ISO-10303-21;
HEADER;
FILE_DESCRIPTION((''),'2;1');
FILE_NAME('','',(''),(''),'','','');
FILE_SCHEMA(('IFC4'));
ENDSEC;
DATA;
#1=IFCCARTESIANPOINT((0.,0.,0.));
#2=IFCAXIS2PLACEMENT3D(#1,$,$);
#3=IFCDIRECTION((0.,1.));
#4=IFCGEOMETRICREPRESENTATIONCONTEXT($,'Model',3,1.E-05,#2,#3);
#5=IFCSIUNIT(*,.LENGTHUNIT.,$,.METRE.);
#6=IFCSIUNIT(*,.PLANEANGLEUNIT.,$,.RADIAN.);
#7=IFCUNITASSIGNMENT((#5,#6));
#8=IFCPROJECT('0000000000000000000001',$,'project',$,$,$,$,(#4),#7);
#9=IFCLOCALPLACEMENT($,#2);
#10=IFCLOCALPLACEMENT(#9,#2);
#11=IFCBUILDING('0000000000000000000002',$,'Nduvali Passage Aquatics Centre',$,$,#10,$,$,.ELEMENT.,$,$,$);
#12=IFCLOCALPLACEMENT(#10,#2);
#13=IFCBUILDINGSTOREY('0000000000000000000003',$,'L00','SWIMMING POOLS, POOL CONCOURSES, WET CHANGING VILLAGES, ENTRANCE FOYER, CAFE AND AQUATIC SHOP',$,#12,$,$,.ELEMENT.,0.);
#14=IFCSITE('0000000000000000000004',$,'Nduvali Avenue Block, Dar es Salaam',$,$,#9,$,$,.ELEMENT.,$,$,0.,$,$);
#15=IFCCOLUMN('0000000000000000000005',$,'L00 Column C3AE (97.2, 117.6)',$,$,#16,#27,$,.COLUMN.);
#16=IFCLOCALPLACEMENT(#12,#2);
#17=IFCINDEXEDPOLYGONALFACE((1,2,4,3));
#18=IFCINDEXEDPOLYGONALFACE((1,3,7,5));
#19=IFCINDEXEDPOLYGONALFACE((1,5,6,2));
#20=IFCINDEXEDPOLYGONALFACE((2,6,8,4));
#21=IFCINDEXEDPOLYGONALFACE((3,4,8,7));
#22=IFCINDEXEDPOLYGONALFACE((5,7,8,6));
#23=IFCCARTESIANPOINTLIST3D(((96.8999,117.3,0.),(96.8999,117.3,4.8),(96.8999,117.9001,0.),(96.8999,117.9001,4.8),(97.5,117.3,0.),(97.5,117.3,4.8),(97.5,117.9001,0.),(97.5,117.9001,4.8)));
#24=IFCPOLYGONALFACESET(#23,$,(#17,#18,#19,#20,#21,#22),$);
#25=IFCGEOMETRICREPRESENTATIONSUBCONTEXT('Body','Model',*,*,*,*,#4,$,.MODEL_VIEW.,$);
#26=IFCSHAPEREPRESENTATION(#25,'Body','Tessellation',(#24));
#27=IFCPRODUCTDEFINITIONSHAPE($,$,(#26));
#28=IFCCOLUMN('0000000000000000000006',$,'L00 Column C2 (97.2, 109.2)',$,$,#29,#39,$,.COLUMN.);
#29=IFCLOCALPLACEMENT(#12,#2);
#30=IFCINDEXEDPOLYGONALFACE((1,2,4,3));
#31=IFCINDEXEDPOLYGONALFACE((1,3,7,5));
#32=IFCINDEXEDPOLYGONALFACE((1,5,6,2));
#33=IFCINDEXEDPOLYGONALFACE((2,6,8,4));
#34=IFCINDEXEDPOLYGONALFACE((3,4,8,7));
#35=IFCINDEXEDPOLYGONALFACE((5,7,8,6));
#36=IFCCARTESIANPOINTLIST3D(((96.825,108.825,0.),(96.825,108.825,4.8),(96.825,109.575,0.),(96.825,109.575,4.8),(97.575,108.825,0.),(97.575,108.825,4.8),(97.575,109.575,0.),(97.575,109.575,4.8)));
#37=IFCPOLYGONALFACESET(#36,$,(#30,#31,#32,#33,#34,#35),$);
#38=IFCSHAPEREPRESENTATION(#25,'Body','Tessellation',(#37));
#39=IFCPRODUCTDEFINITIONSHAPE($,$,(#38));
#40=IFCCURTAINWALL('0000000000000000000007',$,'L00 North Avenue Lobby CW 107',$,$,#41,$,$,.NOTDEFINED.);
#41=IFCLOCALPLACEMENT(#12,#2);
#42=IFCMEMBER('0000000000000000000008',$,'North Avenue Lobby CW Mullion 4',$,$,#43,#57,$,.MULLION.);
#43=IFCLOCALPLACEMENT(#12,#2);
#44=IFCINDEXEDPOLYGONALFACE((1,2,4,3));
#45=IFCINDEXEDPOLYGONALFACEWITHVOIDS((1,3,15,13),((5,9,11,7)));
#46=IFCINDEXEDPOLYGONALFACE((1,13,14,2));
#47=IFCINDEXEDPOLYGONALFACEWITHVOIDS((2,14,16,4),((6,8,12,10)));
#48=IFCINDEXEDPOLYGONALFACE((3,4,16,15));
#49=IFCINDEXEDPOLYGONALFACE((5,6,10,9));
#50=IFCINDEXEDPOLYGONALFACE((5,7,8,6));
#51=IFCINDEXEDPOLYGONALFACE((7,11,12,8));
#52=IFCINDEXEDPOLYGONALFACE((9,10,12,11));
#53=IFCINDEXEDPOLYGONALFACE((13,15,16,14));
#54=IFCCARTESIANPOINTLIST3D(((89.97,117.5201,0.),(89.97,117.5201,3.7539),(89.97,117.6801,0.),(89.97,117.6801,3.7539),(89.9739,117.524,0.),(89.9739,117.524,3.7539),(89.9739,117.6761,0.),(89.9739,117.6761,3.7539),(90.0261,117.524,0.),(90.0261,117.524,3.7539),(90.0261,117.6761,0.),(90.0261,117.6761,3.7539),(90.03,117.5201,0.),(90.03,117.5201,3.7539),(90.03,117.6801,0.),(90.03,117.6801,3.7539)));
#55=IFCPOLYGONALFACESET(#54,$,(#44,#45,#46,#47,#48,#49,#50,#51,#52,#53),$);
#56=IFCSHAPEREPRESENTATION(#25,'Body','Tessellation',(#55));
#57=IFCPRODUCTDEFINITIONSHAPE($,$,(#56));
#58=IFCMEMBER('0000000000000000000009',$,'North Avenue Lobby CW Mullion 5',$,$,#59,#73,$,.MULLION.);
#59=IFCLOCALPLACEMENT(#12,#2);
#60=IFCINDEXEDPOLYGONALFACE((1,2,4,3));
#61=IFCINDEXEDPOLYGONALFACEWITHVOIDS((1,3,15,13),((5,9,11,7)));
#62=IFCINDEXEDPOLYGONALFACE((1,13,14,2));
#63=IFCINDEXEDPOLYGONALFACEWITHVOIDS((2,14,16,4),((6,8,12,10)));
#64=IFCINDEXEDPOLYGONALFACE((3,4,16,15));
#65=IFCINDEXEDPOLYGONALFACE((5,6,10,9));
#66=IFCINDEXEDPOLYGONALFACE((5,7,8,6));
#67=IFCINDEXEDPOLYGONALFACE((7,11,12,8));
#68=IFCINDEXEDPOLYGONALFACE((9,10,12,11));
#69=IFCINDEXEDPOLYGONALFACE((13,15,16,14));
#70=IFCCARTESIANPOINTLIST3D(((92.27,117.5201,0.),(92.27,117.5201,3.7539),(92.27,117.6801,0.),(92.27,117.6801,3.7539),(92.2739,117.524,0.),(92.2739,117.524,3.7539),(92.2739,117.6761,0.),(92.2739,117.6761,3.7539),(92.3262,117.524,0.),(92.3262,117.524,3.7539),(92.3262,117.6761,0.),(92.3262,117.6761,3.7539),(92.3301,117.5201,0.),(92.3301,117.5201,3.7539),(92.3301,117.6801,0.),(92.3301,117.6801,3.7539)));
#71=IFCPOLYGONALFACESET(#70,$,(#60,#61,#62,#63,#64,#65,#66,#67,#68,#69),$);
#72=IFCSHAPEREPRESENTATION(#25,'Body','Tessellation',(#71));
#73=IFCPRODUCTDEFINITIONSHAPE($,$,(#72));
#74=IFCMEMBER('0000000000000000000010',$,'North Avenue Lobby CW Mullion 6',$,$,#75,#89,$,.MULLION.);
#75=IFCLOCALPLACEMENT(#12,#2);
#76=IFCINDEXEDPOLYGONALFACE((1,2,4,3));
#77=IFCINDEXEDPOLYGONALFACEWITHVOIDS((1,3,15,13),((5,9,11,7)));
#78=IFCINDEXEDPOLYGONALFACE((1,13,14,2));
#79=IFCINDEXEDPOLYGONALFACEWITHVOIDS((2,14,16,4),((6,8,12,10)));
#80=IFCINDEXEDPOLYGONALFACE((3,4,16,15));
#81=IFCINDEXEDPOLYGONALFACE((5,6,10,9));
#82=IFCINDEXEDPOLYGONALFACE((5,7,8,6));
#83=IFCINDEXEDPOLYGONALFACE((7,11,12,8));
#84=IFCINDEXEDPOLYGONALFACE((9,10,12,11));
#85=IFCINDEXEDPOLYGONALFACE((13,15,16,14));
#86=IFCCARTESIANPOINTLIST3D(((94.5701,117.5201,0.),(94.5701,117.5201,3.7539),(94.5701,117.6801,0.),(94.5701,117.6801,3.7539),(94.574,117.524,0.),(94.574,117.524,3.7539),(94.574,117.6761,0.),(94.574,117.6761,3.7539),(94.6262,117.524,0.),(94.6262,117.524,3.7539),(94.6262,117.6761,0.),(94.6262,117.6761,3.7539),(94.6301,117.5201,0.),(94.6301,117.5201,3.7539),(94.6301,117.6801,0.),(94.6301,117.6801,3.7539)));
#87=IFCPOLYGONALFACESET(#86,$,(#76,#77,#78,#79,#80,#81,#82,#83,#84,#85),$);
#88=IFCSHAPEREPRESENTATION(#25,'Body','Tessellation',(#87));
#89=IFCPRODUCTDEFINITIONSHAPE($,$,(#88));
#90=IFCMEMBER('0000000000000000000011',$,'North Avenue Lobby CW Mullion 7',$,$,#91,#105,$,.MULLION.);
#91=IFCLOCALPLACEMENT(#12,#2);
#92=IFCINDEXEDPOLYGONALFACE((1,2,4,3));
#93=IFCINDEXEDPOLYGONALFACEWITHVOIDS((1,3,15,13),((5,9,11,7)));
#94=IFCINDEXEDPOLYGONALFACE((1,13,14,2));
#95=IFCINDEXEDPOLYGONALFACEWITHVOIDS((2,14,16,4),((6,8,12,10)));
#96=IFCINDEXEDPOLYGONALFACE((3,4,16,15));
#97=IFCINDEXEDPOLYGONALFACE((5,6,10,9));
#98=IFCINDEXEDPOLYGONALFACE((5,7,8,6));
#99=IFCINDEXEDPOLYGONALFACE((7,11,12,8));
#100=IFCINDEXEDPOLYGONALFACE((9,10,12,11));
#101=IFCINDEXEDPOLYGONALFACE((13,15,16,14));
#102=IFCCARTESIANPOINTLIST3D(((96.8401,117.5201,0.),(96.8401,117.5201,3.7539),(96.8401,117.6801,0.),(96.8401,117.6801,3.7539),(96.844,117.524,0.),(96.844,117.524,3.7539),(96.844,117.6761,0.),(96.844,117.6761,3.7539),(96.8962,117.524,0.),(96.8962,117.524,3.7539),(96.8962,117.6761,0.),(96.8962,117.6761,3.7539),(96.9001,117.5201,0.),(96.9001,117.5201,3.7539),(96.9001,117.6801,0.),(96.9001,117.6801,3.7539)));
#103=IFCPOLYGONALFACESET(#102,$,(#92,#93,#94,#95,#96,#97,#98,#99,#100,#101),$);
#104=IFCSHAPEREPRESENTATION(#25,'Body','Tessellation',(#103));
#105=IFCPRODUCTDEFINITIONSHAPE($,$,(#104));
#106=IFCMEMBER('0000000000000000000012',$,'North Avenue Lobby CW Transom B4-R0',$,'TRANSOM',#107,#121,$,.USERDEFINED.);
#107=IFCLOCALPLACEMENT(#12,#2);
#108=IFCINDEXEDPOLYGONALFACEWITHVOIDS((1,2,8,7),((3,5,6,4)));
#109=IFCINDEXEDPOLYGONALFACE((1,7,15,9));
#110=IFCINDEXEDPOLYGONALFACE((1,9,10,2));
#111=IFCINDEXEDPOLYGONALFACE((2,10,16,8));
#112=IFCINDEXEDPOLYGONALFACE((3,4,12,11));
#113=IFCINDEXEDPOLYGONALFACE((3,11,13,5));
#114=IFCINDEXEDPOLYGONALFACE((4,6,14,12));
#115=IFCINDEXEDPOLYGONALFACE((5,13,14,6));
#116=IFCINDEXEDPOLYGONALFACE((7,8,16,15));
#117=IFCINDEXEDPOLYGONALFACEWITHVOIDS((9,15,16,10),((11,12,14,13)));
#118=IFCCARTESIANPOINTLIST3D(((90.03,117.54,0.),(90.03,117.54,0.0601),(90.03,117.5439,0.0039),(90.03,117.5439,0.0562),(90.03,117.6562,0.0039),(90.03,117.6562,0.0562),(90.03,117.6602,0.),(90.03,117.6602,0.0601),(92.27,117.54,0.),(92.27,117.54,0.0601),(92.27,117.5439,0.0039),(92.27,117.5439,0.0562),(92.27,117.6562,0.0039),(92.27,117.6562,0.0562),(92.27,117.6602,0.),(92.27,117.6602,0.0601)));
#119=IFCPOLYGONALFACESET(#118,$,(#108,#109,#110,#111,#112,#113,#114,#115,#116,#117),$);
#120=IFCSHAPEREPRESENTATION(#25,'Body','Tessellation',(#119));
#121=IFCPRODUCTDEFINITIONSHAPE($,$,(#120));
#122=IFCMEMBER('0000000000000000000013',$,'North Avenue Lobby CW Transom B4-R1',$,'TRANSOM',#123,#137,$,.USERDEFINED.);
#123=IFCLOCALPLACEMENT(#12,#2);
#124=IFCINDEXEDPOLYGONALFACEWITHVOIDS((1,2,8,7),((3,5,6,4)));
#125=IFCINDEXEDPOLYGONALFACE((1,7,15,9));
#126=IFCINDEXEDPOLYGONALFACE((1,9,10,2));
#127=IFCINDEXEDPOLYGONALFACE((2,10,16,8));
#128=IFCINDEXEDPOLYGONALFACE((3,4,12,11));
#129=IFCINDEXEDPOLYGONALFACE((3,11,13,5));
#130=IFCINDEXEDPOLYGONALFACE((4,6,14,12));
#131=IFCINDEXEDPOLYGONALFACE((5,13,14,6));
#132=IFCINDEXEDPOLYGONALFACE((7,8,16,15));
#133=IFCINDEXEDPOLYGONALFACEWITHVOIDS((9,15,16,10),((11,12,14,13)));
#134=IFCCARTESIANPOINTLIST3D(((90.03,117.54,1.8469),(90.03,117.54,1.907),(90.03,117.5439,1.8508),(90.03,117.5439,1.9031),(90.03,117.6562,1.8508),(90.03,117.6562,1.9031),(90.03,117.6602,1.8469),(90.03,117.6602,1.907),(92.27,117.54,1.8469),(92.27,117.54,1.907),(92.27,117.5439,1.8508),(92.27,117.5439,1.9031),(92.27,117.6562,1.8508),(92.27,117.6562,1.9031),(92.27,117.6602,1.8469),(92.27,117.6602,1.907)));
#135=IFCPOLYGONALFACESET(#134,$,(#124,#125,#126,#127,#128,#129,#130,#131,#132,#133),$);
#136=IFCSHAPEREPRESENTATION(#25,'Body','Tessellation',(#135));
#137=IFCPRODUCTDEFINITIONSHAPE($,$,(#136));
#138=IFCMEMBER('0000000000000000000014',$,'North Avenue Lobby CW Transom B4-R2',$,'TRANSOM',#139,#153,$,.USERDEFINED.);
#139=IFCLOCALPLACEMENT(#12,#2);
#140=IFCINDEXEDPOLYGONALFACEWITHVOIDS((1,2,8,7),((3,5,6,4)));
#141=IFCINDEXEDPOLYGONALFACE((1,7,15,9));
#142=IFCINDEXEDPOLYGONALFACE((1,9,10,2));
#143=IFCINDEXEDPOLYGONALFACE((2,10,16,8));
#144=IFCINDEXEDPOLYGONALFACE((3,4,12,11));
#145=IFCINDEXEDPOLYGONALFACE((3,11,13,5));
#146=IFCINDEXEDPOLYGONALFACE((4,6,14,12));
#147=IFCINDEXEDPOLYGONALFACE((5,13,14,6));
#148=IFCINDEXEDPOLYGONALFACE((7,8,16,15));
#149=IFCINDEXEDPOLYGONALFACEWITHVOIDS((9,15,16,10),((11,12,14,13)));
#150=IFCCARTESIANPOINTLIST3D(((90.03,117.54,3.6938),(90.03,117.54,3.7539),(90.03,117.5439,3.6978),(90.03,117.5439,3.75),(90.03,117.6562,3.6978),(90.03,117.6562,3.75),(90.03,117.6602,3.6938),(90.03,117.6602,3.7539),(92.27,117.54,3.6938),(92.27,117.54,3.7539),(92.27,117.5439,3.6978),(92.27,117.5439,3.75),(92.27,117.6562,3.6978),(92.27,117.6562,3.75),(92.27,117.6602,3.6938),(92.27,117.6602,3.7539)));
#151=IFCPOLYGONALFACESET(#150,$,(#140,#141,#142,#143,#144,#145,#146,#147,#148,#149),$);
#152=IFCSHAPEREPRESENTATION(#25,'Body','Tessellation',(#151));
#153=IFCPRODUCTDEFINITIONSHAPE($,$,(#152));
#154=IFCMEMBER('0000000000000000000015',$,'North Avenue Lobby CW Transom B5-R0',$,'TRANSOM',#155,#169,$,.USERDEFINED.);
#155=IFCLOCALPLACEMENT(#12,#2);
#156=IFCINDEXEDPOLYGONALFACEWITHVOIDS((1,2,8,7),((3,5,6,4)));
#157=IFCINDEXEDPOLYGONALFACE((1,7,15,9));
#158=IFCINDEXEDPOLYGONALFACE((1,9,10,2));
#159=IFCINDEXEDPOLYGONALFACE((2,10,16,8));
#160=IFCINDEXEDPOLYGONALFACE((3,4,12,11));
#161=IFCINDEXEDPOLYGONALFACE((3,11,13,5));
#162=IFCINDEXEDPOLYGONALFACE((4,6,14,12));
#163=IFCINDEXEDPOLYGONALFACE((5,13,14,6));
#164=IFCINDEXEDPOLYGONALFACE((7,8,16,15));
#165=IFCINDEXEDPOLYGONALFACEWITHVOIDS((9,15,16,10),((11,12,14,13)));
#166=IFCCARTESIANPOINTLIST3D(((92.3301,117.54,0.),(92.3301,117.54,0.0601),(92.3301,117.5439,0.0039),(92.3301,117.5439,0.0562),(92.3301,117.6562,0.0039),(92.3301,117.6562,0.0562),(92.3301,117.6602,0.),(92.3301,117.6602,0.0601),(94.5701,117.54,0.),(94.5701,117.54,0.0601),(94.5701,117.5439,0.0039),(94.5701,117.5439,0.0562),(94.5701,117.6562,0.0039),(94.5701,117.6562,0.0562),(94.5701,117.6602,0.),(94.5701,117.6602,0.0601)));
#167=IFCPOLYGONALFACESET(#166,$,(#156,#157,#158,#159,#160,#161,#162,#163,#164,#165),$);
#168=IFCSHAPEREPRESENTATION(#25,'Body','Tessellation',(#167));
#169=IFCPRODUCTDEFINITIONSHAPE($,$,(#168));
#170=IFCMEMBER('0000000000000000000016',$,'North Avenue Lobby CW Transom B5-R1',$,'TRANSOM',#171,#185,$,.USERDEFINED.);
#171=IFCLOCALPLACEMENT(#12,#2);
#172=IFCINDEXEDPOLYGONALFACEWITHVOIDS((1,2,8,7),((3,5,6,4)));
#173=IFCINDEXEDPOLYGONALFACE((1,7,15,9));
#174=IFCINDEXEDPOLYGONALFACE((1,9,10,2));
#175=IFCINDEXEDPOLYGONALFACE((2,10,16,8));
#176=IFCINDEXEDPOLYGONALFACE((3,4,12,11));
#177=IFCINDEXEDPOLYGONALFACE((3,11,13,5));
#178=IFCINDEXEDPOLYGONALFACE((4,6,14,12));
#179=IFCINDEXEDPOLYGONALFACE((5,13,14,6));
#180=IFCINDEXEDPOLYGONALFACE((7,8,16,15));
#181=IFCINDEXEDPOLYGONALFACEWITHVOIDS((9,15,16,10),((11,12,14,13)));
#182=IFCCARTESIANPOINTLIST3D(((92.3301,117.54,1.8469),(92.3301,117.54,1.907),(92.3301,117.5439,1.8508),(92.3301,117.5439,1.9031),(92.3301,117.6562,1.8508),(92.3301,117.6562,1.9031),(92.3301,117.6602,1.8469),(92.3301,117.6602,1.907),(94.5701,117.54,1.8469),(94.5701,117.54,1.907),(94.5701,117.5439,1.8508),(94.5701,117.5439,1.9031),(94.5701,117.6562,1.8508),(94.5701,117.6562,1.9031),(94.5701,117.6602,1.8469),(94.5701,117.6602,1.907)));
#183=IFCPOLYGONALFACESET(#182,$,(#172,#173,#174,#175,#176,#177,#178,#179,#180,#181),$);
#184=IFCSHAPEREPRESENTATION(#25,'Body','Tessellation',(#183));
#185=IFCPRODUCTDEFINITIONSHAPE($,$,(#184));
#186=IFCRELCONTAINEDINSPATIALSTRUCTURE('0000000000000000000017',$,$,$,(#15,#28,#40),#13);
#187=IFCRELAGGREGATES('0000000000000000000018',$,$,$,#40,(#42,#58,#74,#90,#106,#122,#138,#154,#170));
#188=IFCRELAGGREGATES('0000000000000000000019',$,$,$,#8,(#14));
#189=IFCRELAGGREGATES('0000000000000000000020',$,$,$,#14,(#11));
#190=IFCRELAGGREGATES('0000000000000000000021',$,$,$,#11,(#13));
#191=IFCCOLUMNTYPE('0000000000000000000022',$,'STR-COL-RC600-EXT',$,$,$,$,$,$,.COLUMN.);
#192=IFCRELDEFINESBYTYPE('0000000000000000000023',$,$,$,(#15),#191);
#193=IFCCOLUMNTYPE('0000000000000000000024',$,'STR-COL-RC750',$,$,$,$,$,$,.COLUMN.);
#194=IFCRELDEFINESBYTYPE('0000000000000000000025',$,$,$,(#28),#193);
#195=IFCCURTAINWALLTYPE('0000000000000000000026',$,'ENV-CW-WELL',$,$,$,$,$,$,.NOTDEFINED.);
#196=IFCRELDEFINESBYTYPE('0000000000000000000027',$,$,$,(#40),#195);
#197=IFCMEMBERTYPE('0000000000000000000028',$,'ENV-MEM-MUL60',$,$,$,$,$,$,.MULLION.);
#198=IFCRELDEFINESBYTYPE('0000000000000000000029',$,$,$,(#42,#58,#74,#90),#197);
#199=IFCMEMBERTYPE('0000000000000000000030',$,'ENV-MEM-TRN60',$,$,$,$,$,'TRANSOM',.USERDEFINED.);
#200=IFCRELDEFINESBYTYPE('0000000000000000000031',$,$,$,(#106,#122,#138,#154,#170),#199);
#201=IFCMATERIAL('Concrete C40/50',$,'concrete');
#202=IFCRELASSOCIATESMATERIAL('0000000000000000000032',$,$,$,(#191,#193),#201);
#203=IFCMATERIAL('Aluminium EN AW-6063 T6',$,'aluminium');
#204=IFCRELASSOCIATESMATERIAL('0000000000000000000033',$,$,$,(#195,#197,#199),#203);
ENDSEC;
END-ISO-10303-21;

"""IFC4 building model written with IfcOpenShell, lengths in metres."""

from ifc_helpers import new_model, si_unit, direction, frame, origin, origin_2d, place, context, subcontext, project, spatial, rectangle, hollow_rectangle, extrude, material, material_profile, profile_set, type_object, element, aggregate, save


model = new_model("IFC4")

# Units and contexts
model_context = context("Model", 3, precision=1e-05, world=origin(), true_north=direction((0.0, 1.0)))
body_context = subcontext(model_context, "Body", "Model", "MODEL_VIEW")
ifc_project = project(units=[si_unit("LENGTHUNIT", "METRE"), si_unit("PLANEANGLEUNIT", "RADIAN")], contexts=[model_context])

# Site, building, storey
site_placement = place(None, origin())
site = spatial("IfcSite", under=ifc_project, at=site_placement, Name="Nduvali Avenue Block, Dar es Salaam", CompositionType="ELEMENT", RefElevation=0.0)
building_placement = place(site_placement, origin())
building = spatial("IfcBuilding", under=site, at=building_placement, Name="Nduvali Passage Aquatics Centre", CompositionType="ELEMENT")
storey_placement = place(building_placement, origin())
storey = spatial("IfcBuildingStorey", under=building, at=storey_placement, Name="L00", Description="SWIMMING POOLS, POOL CONCOURSES, WET CHANGING VILLAGES, ENTRANCE FOYER, CAFE AND AQUATIC SHOP", CompositionType="ELEMENT", Elevation=0.0)

# Columns
ifc_material_1 = material(Name="Concrete C40/50", Category="concrete")
ifc_material_profile_1 = material_profile(ifc_material_1, rectangle(XDim=0.6001, YDim=0.6001, at=origin_2d()), Name="RC 600x600")
ifc_profile_set_1 = profile_set([ifc_material_profile_1], Name="Concrete C40/50")
column_type_1 = type_object("IfcColumnType", Name="STR-COL-RC600-EXT", PredefinedType="COLUMN", material=ifc_profile_set_1)
column_1_placement = place(storey_placement, frame((97.2, 117.6001, 0.0), z_axis=(0.0, 0.0, 1.0), x_axis=(1.0, 0.0, 0.0)))
element("IfcColumn", 1, at=column_1_placement, inside=storey, type_object=column_type_1, Name="L00 Column C3AE (97.2, 117.6)", PredefinedType="COLUMN", context=body_context, shape_type="SweptSolid", body=[
    extrude(rectangle(XDim=0.6001, YDim=0.6001, at=origin_2d()), origin(), (0.0, 0.0, 1.0), 4.8),
])
ifc_material_profile_2 = material_profile(ifc_material_1, rectangle(XDim=0.75, YDim=0.75, at=origin_2d()), Name="RC 750x750")
ifc_profile_set_2 = profile_set([ifc_material_profile_2], Name="Concrete C40/50")
column_type_2 = type_object("IfcColumnType", Name="STR-COL-RC750", PredefinedType="COLUMN", material=ifc_profile_set_2)
column_2_placement = place(storey_placement, frame((97.2, 109.2, 0.0), z_axis=(0.0, 0.0, 1.0), x_axis=(1.0, 0.0, 0.0)))
element("IfcColumn", 2, at=column_2_placement, inside=storey, type_object=column_type_2, Name="L00 Column C2 (97.2, 109.2)", PredefinedType="COLUMN", context=body_context, shape_type="SweptSolid", body=[
    extrude(rectangle(XDim=0.75, YDim=0.75, at=origin_2d()), origin(), (0.0, 0.0, 1.0), 4.8),
])

# Curtain wall, members
ifc_material_2 = material(Name="Aluminium EN AW-6063 T6", Category="aluminium")
curtain_wall_type = type_object("IfcCurtainWallType", Name="ENV-CW-WELL", PredefinedType="NOTDEFINED", material=ifc_material_2)
curtain_wall_placement = place(storey_placement, origin())
curtain_wall = element("IfcCurtainWall", 3, at=curtain_wall_placement, inside=storey, type_object=curtain_wall_type, Name="L00 North Avenue Lobby CW 107", PredefinedType="NOTDEFINED")
ifc_material_profile_3 = material_profile(ifc_material_2, hollow_rectangle(XDim=0.0601, YDim=0.1599, WallThickness=0.0039, at=origin_2d()), Name="ALU MULLION 60x160x4")
ifc_profile_set_3 = profile_set([ifc_material_profile_3], Name="Aluminium EN AW-6063 T6")
member_type_1 = type_object("IfcMemberType", Name="ENV-MEM-MUL60", PredefinedType="MULLION", material=ifc_profile_set_3)
member_1_placement = place(storey_placement, frame((90.0, 117.6001, 0.0), z_axis=(0.0, 0.0, 1.0), x_axis=(1.0, 0.0, 0.0)))
member_1 = element("IfcMember", 4, at=member_1_placement, type_object=member_type_1, Name="North Avenue Lobby CW Mullion 4", PredefinedType="MULLION", context=body_context, shape_type="SweptSolid", body=[
    extrude(hollow_rectangle(XDim=0.0601, YDim=0.1599, WallThickness=0.0039, at=origin_2d()), origin(), (0.0, 0.0, 1.0), 3.7539),
])
member_2_placement = place(storey_placement, frame((92.3, 117.6001, 0.0), z_axis=(0.0, 0.0, 1.0), x_axis=(1.0, 0.0, 0.0)))
member_2 = element("IfcMember", 5, at=member_2_placement, type_object=member_type_1, Name="North Avenue Lobby CW Mullion 5", PredefinedType="MULLION", context=body_context, shape_type="SweptSolid", body=[
    extrude(hollow_rectangle(XDim=0.0601, YDim=0.1599, WallThickness=0.0039, at=origin_2d()), origin(), (0.0, 0.0, 1.0), 3.7539),
])
member_3_placement = place(storey_placement, frame((94.6001, 117.6001, 0.0), z_axis=(0.0, 0.0, 1.0), x_axis=(1.0, 0.0, 0.0)))
member_3 = element("IfcMember", 6, at=member_3_placement, type_object=member_type_1, Name="North Avenue Lobby CW Mullion 6", PredefinedType="MULLION", context=body_context, shape_type="SweptSolid", body=[
    extrude(hollow_rectangle(XDim=0.0601, YDim=0.1599, WallThickness=0.0039, at=origin_2d()), origin(), (0.0, 0.0, 1.0), 3.7539),
])
member_4_placement = place(storey_placement, frame((96.8701, 117.6001, 0.0), z_axis=(0.0, 0.0, 1.0), x_axis=(1.0, 0.0, 0.0)))
member_4 = element("IfcMember", 7, at=member_4_placement, type_object=member_type_1, Name="North Avenue Lobby CW Mullion 7", PredefinedType="MULLION", context=body_context, shape_type="SweptSolid", body=[
    extrude(hollow_rectangle(XDim=0.0601, YDim=0.1599, WallThickness=0.0039, at=origin_2d()), origin(), (0.0, 0.0, 1.0), 3.7539),
])
ifc_material_profile_4 = material_profile(ifc_material_2, hollow_rectangle(XDim=0.1201, YDim=0.0601, WallThickness=0.0039, at=origin_2d()), Name="ALU TRANSOM 120x60x4")
ifc_profile_set_4 = profile_set([ifc_material_profile_4], Name="Aluminium EN AW-6063 T6")
member_type_2 = type_object("IfcMemberType", Name="ENV-MEM-TRN60", ElementType="TRANSOM", PredefinedType="USERDEFINED", material=ifc_profile_set_4)
member_5_placement = place(storey_placement, frame((90.03, 117.6001, 0.03), z_axis=(1.0, 0.0, 0.0), x_axis=(0.0, 1.0, 0.0)))
member_5 = element("IfcMember", 8, at=member_5_placement, type_object=member_type_2, Name="North Avenue Lobby CW Transom B4-R0", ObjectType="TRANSOM", PredefinedType="USERDEFINED", context=body_context, shape_type="SweptSolid", body=[
    extrude(hollow_rectangle(XDim=0.1201, YDim=0.0601, WallThickness=0.0039, at=origin_2d()), origin(), (0.0, 0.0, 1.0), 2.24),
])
member_6_placement = place(storey_placement, frame((90.03, 117.6001, 1.877), z_axis=(1.0, 0.0, 0.0), x_axis=(0.0, 1.0, 0.0)))
member_6 = element("IfcMember", 9, at=member_6_placement, type_object=member_type_2, Name="North Avenue Lobby CW Transom B4-R1", ObjectType="TRANSOM", PredefinedType="USERDEFINED", context=body_context, shape_type="SweptSolid", body=[
    extrude(hollow_rectangle(XDim=0.1201, YDim=0.0601, WallThickness=0.0039, at=origin_2d()), origin(), (0.0, 0.0, 1.0), 2.24),
])
member_7_placement = place(storey_placement, frame((90.03, 117.6001, 3.7239), z_axis=(1.0, 0.0, 0.0), x_axis=(0.0, 1.0, 0.0)))
member_7 = element("IfcMember", 10, at=member_7_placement, type_object=member_type_2, Name="North Avenue Lobby CW Transom B4-R2", ObjectType="TRANSOM", PredefinedType="USERDEFINED", context=body_context, shape_type="SweptSolid", body=[
    extrude(hollow_rectangle(XDim=0.1201, YDim=0.0601, WallThickness=0.0039, at=origin_2d()), origin(), (0.0, 0.0, 1.0), 2.24),
])
member_8_placement = place(storey_placement, frame((92.3301, 117.6001, 0.03), z_axis=(1.0, 0.0, 0.0), x_axis=(0.0, 1.0, 0.0)))
member_8 = element("IfcMember", 11, at=member_8_placement, type_object=member_type_2, Name="North Avenue Lobby CW Transom B5-R0", ObjectType="TRANSOM", PredefinedType="USERDEFINED", context=body_context, shape_type="SweptSolid", body=[
    extrude(hollow_rectangle(XDim=0.1201, YDim=0.0601, WallThickness=0.0039, at=origin_2d()), origin(), (0.0, 0.0, 1.0), 2.24),
])
member_9_placement = place(storey_placement, frame((92.3301, 117.6001, 1.877), z_axis=(1.0, 0.0, 0.0), x_axis=(0.0, 1.0, 0.0)))
member_9 = element("IfcMember", 12, at=member_9_placement, type_object=member_type_2, Name="North Avenue Lobby CW Transom B5-R1", ObjectType="TRANSOM", PredefinedType="USERDEFINED", context=body_context, shape_type="SweptSolid", body=[
    extrude(hollow_rectangle(XDim=0.1201, YDim=0.0601, WallThickness=0.0039, at=origin_2d()), origin(), (0.0, 0.0, 1.0), 2.24),
])

aggregate(curtain_wall, [member_1, member_2, member_3, member_4, member_5, member_6, member_7, member_8, member_9])

save(model, "model.ifc")
